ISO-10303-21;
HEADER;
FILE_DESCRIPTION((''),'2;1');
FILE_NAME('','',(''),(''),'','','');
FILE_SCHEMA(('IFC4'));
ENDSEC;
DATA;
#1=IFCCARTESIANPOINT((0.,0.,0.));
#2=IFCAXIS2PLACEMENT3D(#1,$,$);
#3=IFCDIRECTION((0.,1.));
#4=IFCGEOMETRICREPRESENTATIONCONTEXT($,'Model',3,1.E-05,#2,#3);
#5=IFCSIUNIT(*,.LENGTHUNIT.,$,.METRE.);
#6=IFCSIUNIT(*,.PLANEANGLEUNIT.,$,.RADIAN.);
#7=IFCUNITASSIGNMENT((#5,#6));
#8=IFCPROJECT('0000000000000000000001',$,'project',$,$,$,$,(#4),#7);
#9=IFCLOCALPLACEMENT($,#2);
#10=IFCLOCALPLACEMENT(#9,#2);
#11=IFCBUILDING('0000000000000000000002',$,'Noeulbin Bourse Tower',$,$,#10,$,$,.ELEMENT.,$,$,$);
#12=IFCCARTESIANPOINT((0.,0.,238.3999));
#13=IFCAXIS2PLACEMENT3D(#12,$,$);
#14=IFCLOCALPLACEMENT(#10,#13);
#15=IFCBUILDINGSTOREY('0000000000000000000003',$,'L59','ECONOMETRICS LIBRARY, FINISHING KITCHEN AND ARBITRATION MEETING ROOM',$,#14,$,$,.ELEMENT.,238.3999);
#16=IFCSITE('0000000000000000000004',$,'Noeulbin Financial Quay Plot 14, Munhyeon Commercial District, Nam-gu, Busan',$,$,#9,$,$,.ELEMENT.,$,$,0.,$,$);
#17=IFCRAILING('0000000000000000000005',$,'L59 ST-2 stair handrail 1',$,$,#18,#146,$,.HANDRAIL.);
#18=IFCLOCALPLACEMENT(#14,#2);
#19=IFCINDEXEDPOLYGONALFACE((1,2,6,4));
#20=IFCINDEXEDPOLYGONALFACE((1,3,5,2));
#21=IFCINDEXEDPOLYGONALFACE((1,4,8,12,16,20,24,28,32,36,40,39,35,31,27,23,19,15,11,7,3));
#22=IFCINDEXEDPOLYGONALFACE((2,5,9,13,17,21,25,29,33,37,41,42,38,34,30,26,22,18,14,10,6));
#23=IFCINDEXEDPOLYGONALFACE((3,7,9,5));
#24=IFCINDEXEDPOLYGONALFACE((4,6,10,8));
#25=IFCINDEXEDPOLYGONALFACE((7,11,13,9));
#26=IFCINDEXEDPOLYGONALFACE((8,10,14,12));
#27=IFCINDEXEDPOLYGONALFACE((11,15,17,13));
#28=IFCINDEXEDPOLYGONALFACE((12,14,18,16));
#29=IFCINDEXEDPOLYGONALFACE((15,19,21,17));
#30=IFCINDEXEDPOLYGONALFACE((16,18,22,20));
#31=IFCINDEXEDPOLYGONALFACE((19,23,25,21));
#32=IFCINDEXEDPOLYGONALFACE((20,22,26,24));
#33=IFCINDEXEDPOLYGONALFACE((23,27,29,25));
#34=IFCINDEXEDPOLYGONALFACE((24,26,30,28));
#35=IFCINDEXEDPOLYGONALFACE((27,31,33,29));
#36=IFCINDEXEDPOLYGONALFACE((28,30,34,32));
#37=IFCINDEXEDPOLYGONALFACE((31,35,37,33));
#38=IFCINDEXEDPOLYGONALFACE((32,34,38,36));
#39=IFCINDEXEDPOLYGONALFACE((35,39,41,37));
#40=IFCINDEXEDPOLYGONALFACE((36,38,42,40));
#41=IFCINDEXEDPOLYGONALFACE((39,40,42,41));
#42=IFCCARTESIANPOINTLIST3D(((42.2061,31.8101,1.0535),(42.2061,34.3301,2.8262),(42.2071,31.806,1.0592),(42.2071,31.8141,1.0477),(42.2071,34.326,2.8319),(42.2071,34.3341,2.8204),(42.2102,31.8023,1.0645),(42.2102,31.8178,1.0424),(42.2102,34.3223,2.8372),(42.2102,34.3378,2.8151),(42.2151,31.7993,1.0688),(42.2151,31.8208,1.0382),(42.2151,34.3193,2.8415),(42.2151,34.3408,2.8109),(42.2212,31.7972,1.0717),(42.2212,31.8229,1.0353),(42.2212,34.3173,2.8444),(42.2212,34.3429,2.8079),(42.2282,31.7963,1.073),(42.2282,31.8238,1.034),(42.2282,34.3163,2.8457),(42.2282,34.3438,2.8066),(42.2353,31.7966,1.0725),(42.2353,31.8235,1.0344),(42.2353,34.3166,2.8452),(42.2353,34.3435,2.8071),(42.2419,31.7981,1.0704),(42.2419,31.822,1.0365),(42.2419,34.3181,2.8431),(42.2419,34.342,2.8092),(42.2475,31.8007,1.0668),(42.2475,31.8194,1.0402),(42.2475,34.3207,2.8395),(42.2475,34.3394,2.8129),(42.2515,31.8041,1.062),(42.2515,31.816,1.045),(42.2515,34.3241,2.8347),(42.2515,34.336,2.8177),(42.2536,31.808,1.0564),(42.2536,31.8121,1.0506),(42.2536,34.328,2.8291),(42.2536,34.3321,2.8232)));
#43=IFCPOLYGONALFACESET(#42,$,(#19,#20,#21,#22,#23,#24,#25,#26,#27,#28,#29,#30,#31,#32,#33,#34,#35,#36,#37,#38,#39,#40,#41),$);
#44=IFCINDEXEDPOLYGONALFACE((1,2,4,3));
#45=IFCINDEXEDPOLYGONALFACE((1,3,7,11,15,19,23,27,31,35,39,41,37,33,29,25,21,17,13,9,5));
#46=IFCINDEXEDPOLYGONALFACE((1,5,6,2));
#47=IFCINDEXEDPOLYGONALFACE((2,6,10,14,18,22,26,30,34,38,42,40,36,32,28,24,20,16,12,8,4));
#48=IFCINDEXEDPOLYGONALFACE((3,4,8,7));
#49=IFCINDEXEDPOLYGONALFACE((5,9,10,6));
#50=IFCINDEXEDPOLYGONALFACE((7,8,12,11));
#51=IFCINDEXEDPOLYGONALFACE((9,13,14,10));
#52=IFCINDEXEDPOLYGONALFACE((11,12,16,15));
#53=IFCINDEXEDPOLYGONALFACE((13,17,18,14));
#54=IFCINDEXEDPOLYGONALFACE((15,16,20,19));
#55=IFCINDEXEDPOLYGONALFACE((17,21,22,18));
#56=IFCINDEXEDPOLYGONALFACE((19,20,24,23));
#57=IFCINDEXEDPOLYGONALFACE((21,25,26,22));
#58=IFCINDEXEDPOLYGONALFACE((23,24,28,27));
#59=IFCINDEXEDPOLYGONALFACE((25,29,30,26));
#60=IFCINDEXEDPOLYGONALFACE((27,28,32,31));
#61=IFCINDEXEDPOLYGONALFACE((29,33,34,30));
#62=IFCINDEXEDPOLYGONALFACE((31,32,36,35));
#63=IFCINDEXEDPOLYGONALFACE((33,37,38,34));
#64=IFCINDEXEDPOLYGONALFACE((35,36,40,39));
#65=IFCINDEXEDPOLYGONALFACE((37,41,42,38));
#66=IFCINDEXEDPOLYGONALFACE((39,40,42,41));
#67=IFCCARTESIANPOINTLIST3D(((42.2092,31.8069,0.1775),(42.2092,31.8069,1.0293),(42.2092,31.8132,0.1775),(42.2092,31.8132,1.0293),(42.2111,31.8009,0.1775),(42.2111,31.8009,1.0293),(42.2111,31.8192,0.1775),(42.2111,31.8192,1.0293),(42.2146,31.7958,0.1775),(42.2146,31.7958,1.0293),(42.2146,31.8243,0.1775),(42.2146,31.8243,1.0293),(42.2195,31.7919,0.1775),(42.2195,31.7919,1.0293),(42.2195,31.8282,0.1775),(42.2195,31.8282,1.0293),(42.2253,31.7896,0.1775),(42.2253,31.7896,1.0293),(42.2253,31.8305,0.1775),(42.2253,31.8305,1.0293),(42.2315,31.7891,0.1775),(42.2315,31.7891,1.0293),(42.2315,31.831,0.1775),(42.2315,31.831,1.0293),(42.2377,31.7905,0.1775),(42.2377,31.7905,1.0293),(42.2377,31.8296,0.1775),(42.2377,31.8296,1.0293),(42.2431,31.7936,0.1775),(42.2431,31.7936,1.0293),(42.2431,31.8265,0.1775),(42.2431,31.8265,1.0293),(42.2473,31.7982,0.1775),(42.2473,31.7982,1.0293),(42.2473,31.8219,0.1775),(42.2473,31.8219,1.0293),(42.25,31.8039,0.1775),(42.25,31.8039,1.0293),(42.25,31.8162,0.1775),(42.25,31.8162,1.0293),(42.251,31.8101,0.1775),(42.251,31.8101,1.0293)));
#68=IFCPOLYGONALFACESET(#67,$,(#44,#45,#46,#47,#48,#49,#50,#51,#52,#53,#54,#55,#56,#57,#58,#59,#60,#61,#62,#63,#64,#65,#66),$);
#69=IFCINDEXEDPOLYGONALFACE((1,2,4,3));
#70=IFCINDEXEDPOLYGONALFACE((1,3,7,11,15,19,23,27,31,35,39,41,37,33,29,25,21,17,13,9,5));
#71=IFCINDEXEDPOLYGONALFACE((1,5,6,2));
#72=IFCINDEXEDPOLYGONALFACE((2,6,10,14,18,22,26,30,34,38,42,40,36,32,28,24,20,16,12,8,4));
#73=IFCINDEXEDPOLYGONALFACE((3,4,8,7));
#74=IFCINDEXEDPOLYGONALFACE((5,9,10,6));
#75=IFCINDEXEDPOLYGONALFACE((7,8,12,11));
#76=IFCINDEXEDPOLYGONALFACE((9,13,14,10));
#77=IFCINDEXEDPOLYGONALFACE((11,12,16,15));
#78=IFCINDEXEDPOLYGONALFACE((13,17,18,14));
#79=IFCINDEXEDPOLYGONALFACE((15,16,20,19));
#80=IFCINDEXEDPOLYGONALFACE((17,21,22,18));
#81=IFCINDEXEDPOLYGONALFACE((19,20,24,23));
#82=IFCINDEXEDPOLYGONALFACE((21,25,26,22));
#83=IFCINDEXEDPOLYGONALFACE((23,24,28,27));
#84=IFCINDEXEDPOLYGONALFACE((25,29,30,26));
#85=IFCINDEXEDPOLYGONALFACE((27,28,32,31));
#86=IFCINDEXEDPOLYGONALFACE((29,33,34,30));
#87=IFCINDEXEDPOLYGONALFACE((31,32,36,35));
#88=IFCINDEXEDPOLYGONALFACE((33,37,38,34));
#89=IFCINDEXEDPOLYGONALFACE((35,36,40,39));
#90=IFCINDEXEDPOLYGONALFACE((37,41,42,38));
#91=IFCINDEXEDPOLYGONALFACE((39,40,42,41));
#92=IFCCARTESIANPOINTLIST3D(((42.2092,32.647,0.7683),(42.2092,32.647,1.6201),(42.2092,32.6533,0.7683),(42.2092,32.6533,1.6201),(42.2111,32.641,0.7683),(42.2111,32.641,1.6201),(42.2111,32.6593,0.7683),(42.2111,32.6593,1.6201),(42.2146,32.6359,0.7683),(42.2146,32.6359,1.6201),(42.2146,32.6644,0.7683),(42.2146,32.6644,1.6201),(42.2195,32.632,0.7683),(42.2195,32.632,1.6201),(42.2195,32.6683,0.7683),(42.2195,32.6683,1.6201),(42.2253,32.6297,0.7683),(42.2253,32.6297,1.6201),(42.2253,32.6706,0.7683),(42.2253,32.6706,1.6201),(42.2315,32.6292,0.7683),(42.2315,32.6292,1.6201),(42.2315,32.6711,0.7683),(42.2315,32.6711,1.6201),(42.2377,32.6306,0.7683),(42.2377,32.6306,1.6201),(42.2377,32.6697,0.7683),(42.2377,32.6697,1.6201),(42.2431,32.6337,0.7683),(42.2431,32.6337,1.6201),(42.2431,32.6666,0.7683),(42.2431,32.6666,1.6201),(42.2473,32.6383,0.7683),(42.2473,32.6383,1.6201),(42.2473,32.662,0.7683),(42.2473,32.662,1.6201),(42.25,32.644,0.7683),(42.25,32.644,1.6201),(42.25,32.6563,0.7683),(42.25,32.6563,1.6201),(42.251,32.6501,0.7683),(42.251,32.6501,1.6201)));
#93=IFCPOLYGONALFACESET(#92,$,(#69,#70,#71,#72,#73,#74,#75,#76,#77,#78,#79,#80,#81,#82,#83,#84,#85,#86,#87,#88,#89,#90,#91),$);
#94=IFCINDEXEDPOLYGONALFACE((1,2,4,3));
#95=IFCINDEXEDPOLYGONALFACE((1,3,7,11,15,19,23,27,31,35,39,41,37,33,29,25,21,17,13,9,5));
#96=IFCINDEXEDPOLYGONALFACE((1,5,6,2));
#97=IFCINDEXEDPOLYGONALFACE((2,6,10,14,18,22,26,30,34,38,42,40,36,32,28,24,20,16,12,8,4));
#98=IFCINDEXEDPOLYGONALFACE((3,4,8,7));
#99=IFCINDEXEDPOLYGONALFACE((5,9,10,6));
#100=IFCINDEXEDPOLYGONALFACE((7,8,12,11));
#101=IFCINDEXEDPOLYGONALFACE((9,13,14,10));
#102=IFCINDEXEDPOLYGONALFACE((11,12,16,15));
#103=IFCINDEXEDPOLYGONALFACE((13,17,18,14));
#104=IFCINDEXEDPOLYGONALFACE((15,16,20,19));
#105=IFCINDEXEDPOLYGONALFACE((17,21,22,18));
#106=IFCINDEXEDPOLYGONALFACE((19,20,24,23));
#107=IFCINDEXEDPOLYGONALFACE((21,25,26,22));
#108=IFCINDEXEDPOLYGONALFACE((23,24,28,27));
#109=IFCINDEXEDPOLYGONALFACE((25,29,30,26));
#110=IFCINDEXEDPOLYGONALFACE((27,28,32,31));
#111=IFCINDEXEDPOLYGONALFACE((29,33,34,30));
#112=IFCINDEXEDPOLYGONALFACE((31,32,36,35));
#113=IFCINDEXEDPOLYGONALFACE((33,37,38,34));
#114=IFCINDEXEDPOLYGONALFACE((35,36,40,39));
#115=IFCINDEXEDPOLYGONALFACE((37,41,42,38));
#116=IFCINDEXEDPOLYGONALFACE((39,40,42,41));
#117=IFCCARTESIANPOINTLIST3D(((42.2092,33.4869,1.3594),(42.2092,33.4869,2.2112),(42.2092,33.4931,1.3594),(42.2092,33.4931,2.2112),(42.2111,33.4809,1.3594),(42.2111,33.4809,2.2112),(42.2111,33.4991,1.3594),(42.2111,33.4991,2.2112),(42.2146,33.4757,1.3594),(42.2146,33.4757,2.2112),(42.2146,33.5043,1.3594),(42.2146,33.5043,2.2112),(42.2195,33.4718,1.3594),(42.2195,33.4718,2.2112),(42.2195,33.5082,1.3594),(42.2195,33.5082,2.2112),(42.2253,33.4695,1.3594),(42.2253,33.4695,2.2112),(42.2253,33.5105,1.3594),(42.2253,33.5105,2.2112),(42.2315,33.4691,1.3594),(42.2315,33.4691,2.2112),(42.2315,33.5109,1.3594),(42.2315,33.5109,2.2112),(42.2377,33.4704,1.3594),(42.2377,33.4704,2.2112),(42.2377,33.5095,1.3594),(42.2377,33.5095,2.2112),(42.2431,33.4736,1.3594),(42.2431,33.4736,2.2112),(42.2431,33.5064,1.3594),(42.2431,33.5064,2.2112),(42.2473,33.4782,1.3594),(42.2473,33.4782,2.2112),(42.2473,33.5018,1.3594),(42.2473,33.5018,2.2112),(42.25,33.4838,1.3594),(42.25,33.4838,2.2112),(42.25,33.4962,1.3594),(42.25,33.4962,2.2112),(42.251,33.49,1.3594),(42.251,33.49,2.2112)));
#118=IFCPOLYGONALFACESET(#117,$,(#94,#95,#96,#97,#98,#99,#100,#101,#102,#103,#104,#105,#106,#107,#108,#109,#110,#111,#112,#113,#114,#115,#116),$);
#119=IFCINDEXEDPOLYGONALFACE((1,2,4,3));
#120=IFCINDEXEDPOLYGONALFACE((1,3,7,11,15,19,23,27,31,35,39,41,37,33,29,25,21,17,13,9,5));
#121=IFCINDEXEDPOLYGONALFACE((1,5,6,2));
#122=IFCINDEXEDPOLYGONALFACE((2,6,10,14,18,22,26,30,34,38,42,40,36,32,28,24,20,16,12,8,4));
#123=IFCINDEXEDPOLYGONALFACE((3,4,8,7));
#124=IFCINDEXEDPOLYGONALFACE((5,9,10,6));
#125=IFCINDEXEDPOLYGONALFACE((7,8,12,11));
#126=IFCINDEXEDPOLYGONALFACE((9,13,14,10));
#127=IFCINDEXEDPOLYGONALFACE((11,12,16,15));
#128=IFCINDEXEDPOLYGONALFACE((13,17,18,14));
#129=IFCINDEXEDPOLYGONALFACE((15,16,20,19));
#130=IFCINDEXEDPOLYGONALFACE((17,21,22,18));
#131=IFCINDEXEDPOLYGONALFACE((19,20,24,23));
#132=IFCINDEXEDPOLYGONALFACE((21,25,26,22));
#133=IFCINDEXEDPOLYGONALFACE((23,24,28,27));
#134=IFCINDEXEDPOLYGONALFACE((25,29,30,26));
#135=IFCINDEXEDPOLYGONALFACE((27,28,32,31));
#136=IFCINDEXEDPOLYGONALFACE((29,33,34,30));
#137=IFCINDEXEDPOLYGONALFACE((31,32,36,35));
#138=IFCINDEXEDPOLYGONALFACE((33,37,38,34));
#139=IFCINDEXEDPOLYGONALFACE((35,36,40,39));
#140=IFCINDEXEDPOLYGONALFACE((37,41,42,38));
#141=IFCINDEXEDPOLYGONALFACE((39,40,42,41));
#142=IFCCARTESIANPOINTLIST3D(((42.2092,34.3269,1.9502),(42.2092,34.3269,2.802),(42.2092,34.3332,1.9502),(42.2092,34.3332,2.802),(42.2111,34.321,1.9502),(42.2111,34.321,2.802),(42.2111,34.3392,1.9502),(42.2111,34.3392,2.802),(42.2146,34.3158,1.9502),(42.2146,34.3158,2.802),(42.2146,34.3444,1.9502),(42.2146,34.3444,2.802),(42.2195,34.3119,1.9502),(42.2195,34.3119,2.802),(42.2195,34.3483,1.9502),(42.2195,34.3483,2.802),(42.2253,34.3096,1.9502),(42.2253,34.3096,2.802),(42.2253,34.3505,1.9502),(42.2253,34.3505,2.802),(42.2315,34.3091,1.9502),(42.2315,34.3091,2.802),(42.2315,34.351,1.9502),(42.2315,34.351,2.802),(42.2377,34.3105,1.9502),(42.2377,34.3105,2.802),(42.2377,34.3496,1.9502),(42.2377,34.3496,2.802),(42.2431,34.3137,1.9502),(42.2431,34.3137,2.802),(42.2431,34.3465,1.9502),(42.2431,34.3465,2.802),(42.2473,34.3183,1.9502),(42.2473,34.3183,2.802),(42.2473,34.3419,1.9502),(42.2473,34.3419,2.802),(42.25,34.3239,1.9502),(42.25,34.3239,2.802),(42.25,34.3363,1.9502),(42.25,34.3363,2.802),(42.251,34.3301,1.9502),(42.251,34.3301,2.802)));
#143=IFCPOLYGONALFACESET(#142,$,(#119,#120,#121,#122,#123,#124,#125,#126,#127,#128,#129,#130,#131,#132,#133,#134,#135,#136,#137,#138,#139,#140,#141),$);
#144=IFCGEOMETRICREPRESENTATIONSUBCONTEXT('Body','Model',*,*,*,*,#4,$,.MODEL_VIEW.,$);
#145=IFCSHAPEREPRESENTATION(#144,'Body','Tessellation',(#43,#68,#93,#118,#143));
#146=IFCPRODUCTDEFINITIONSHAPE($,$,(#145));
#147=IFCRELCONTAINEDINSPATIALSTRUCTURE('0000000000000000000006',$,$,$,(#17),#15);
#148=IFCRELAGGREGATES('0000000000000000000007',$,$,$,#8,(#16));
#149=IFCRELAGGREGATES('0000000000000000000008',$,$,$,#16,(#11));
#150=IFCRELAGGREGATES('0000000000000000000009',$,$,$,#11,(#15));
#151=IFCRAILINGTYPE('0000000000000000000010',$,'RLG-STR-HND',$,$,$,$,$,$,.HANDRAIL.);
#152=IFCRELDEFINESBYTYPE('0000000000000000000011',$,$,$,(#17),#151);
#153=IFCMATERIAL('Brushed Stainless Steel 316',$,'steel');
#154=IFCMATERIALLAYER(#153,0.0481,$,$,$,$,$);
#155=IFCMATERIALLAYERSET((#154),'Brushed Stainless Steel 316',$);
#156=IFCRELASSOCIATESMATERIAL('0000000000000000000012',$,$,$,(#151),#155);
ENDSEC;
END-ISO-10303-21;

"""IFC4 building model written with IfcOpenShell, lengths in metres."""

from ifc_helpers import new_model, si_unit, direction, frame, origin, origin_2d, place, context, subcontext, project, spatial, circle, extrude, material, layer, layer_set, type_object, element, save


model = new_model("IFC4")

# Units and contexts
model_context = context("Model", 3, precision=1e-05, world=origin(), true_north=direction((0.0, 1.0)))
body_context = subcontext(model_context, "Body", "Model", "MODEL_VIEW")
ifc_project = project(units=[si_unit("LENGTHUNIT", "METRE"), si_unit("PLANEANGLEUNIT", "RADIAN")], contexts=[model_context])

# Site, building, storey
site_placement = place(None, origin())
site = spatial("IfcSite", under=ifc_project, at=site_placement, Name="Noeulbin Financial Quay Plot 14, Munhyeon Commercial District, Nam-gu, Busan", CompositionType="ELEMENT", RefElevation=0.0)
building_placement = place(site_placement, origin())
building = spatial("IfcBuilding", under=site, at=building_placement, Name="Noeulbin Bourse Tower", CompositionType="ELEMENT")
storey_placement = place(building_placement, frame((0.0, 0.0, 238.3999)))
storey = spatial("IfcBuildingStorey", under=building, at=storey_placement, Name="L59", Description="ECONOMETRICS LIBRARY, FINISHING KITCHEN AND ARBITRATION MEETING ROOM", CompositionType="ELEMENT", Elevation=238.3999)

# Railing
ifc_material_1 = material(Name="Brushed Stainless Steel 316", Category="steel")
ifc_layer_1 = layer(ifc_material_1, 0.0481)
ifc_layer_set_1 = layer_set([ifc_layer_1], Name="Brushed Stainless Steel 316")
railing_type_1 = type_object("IfcRailingType", Name="RLG-STR-HND", PredefinedType="HANDRAIL", material=ifc_layer_set_1)
railing_1_placement = place(storey_placement, frame((42.23, 31.8101, 0.1775)))
element("IfcRailing", 1, at=railing_1_placement, inside=storey, type_object=railing_type_1, Name="L59 ST-2 stair handrail 1", PredefinedType="HANDRAIL", context=body_context, shape_type="SweptSolid", body=[
    extrude(circle(Radius=0.0239, at=origin_2d()), frame((0.0, 0.0, 0.876), z_axis=(0.0, 0.817904, 0.575354), x_axis=(-1.0, 0.0, 0.0)), (0.0, 0.0, 1.0), 3.0811),
    extrude(circle(Radius=0.021, at=origin_2d()), origin(), (0.0, 0.0, 1.0), 0.8518),
    extrude(circle(Radius=0.021, at=origin_2d()), frame((0.0, 0.8401, 0.5908)), (0.0, 0.0, 1.0), 0.8518),
    extrude(circle(Radius=0.021, at=origin_2d()), frame((0.0, 1.6799, 1.1819)), (0.0, 0.0, 1.0), 0.8518),
    extrude(circle(Radius=0.021, at=origin_2d()), frame((0.0, 2.52, 1.7727)), (0.0, 0.0, 1.0), 0.8518),
])

save(model, "model.ifc")
